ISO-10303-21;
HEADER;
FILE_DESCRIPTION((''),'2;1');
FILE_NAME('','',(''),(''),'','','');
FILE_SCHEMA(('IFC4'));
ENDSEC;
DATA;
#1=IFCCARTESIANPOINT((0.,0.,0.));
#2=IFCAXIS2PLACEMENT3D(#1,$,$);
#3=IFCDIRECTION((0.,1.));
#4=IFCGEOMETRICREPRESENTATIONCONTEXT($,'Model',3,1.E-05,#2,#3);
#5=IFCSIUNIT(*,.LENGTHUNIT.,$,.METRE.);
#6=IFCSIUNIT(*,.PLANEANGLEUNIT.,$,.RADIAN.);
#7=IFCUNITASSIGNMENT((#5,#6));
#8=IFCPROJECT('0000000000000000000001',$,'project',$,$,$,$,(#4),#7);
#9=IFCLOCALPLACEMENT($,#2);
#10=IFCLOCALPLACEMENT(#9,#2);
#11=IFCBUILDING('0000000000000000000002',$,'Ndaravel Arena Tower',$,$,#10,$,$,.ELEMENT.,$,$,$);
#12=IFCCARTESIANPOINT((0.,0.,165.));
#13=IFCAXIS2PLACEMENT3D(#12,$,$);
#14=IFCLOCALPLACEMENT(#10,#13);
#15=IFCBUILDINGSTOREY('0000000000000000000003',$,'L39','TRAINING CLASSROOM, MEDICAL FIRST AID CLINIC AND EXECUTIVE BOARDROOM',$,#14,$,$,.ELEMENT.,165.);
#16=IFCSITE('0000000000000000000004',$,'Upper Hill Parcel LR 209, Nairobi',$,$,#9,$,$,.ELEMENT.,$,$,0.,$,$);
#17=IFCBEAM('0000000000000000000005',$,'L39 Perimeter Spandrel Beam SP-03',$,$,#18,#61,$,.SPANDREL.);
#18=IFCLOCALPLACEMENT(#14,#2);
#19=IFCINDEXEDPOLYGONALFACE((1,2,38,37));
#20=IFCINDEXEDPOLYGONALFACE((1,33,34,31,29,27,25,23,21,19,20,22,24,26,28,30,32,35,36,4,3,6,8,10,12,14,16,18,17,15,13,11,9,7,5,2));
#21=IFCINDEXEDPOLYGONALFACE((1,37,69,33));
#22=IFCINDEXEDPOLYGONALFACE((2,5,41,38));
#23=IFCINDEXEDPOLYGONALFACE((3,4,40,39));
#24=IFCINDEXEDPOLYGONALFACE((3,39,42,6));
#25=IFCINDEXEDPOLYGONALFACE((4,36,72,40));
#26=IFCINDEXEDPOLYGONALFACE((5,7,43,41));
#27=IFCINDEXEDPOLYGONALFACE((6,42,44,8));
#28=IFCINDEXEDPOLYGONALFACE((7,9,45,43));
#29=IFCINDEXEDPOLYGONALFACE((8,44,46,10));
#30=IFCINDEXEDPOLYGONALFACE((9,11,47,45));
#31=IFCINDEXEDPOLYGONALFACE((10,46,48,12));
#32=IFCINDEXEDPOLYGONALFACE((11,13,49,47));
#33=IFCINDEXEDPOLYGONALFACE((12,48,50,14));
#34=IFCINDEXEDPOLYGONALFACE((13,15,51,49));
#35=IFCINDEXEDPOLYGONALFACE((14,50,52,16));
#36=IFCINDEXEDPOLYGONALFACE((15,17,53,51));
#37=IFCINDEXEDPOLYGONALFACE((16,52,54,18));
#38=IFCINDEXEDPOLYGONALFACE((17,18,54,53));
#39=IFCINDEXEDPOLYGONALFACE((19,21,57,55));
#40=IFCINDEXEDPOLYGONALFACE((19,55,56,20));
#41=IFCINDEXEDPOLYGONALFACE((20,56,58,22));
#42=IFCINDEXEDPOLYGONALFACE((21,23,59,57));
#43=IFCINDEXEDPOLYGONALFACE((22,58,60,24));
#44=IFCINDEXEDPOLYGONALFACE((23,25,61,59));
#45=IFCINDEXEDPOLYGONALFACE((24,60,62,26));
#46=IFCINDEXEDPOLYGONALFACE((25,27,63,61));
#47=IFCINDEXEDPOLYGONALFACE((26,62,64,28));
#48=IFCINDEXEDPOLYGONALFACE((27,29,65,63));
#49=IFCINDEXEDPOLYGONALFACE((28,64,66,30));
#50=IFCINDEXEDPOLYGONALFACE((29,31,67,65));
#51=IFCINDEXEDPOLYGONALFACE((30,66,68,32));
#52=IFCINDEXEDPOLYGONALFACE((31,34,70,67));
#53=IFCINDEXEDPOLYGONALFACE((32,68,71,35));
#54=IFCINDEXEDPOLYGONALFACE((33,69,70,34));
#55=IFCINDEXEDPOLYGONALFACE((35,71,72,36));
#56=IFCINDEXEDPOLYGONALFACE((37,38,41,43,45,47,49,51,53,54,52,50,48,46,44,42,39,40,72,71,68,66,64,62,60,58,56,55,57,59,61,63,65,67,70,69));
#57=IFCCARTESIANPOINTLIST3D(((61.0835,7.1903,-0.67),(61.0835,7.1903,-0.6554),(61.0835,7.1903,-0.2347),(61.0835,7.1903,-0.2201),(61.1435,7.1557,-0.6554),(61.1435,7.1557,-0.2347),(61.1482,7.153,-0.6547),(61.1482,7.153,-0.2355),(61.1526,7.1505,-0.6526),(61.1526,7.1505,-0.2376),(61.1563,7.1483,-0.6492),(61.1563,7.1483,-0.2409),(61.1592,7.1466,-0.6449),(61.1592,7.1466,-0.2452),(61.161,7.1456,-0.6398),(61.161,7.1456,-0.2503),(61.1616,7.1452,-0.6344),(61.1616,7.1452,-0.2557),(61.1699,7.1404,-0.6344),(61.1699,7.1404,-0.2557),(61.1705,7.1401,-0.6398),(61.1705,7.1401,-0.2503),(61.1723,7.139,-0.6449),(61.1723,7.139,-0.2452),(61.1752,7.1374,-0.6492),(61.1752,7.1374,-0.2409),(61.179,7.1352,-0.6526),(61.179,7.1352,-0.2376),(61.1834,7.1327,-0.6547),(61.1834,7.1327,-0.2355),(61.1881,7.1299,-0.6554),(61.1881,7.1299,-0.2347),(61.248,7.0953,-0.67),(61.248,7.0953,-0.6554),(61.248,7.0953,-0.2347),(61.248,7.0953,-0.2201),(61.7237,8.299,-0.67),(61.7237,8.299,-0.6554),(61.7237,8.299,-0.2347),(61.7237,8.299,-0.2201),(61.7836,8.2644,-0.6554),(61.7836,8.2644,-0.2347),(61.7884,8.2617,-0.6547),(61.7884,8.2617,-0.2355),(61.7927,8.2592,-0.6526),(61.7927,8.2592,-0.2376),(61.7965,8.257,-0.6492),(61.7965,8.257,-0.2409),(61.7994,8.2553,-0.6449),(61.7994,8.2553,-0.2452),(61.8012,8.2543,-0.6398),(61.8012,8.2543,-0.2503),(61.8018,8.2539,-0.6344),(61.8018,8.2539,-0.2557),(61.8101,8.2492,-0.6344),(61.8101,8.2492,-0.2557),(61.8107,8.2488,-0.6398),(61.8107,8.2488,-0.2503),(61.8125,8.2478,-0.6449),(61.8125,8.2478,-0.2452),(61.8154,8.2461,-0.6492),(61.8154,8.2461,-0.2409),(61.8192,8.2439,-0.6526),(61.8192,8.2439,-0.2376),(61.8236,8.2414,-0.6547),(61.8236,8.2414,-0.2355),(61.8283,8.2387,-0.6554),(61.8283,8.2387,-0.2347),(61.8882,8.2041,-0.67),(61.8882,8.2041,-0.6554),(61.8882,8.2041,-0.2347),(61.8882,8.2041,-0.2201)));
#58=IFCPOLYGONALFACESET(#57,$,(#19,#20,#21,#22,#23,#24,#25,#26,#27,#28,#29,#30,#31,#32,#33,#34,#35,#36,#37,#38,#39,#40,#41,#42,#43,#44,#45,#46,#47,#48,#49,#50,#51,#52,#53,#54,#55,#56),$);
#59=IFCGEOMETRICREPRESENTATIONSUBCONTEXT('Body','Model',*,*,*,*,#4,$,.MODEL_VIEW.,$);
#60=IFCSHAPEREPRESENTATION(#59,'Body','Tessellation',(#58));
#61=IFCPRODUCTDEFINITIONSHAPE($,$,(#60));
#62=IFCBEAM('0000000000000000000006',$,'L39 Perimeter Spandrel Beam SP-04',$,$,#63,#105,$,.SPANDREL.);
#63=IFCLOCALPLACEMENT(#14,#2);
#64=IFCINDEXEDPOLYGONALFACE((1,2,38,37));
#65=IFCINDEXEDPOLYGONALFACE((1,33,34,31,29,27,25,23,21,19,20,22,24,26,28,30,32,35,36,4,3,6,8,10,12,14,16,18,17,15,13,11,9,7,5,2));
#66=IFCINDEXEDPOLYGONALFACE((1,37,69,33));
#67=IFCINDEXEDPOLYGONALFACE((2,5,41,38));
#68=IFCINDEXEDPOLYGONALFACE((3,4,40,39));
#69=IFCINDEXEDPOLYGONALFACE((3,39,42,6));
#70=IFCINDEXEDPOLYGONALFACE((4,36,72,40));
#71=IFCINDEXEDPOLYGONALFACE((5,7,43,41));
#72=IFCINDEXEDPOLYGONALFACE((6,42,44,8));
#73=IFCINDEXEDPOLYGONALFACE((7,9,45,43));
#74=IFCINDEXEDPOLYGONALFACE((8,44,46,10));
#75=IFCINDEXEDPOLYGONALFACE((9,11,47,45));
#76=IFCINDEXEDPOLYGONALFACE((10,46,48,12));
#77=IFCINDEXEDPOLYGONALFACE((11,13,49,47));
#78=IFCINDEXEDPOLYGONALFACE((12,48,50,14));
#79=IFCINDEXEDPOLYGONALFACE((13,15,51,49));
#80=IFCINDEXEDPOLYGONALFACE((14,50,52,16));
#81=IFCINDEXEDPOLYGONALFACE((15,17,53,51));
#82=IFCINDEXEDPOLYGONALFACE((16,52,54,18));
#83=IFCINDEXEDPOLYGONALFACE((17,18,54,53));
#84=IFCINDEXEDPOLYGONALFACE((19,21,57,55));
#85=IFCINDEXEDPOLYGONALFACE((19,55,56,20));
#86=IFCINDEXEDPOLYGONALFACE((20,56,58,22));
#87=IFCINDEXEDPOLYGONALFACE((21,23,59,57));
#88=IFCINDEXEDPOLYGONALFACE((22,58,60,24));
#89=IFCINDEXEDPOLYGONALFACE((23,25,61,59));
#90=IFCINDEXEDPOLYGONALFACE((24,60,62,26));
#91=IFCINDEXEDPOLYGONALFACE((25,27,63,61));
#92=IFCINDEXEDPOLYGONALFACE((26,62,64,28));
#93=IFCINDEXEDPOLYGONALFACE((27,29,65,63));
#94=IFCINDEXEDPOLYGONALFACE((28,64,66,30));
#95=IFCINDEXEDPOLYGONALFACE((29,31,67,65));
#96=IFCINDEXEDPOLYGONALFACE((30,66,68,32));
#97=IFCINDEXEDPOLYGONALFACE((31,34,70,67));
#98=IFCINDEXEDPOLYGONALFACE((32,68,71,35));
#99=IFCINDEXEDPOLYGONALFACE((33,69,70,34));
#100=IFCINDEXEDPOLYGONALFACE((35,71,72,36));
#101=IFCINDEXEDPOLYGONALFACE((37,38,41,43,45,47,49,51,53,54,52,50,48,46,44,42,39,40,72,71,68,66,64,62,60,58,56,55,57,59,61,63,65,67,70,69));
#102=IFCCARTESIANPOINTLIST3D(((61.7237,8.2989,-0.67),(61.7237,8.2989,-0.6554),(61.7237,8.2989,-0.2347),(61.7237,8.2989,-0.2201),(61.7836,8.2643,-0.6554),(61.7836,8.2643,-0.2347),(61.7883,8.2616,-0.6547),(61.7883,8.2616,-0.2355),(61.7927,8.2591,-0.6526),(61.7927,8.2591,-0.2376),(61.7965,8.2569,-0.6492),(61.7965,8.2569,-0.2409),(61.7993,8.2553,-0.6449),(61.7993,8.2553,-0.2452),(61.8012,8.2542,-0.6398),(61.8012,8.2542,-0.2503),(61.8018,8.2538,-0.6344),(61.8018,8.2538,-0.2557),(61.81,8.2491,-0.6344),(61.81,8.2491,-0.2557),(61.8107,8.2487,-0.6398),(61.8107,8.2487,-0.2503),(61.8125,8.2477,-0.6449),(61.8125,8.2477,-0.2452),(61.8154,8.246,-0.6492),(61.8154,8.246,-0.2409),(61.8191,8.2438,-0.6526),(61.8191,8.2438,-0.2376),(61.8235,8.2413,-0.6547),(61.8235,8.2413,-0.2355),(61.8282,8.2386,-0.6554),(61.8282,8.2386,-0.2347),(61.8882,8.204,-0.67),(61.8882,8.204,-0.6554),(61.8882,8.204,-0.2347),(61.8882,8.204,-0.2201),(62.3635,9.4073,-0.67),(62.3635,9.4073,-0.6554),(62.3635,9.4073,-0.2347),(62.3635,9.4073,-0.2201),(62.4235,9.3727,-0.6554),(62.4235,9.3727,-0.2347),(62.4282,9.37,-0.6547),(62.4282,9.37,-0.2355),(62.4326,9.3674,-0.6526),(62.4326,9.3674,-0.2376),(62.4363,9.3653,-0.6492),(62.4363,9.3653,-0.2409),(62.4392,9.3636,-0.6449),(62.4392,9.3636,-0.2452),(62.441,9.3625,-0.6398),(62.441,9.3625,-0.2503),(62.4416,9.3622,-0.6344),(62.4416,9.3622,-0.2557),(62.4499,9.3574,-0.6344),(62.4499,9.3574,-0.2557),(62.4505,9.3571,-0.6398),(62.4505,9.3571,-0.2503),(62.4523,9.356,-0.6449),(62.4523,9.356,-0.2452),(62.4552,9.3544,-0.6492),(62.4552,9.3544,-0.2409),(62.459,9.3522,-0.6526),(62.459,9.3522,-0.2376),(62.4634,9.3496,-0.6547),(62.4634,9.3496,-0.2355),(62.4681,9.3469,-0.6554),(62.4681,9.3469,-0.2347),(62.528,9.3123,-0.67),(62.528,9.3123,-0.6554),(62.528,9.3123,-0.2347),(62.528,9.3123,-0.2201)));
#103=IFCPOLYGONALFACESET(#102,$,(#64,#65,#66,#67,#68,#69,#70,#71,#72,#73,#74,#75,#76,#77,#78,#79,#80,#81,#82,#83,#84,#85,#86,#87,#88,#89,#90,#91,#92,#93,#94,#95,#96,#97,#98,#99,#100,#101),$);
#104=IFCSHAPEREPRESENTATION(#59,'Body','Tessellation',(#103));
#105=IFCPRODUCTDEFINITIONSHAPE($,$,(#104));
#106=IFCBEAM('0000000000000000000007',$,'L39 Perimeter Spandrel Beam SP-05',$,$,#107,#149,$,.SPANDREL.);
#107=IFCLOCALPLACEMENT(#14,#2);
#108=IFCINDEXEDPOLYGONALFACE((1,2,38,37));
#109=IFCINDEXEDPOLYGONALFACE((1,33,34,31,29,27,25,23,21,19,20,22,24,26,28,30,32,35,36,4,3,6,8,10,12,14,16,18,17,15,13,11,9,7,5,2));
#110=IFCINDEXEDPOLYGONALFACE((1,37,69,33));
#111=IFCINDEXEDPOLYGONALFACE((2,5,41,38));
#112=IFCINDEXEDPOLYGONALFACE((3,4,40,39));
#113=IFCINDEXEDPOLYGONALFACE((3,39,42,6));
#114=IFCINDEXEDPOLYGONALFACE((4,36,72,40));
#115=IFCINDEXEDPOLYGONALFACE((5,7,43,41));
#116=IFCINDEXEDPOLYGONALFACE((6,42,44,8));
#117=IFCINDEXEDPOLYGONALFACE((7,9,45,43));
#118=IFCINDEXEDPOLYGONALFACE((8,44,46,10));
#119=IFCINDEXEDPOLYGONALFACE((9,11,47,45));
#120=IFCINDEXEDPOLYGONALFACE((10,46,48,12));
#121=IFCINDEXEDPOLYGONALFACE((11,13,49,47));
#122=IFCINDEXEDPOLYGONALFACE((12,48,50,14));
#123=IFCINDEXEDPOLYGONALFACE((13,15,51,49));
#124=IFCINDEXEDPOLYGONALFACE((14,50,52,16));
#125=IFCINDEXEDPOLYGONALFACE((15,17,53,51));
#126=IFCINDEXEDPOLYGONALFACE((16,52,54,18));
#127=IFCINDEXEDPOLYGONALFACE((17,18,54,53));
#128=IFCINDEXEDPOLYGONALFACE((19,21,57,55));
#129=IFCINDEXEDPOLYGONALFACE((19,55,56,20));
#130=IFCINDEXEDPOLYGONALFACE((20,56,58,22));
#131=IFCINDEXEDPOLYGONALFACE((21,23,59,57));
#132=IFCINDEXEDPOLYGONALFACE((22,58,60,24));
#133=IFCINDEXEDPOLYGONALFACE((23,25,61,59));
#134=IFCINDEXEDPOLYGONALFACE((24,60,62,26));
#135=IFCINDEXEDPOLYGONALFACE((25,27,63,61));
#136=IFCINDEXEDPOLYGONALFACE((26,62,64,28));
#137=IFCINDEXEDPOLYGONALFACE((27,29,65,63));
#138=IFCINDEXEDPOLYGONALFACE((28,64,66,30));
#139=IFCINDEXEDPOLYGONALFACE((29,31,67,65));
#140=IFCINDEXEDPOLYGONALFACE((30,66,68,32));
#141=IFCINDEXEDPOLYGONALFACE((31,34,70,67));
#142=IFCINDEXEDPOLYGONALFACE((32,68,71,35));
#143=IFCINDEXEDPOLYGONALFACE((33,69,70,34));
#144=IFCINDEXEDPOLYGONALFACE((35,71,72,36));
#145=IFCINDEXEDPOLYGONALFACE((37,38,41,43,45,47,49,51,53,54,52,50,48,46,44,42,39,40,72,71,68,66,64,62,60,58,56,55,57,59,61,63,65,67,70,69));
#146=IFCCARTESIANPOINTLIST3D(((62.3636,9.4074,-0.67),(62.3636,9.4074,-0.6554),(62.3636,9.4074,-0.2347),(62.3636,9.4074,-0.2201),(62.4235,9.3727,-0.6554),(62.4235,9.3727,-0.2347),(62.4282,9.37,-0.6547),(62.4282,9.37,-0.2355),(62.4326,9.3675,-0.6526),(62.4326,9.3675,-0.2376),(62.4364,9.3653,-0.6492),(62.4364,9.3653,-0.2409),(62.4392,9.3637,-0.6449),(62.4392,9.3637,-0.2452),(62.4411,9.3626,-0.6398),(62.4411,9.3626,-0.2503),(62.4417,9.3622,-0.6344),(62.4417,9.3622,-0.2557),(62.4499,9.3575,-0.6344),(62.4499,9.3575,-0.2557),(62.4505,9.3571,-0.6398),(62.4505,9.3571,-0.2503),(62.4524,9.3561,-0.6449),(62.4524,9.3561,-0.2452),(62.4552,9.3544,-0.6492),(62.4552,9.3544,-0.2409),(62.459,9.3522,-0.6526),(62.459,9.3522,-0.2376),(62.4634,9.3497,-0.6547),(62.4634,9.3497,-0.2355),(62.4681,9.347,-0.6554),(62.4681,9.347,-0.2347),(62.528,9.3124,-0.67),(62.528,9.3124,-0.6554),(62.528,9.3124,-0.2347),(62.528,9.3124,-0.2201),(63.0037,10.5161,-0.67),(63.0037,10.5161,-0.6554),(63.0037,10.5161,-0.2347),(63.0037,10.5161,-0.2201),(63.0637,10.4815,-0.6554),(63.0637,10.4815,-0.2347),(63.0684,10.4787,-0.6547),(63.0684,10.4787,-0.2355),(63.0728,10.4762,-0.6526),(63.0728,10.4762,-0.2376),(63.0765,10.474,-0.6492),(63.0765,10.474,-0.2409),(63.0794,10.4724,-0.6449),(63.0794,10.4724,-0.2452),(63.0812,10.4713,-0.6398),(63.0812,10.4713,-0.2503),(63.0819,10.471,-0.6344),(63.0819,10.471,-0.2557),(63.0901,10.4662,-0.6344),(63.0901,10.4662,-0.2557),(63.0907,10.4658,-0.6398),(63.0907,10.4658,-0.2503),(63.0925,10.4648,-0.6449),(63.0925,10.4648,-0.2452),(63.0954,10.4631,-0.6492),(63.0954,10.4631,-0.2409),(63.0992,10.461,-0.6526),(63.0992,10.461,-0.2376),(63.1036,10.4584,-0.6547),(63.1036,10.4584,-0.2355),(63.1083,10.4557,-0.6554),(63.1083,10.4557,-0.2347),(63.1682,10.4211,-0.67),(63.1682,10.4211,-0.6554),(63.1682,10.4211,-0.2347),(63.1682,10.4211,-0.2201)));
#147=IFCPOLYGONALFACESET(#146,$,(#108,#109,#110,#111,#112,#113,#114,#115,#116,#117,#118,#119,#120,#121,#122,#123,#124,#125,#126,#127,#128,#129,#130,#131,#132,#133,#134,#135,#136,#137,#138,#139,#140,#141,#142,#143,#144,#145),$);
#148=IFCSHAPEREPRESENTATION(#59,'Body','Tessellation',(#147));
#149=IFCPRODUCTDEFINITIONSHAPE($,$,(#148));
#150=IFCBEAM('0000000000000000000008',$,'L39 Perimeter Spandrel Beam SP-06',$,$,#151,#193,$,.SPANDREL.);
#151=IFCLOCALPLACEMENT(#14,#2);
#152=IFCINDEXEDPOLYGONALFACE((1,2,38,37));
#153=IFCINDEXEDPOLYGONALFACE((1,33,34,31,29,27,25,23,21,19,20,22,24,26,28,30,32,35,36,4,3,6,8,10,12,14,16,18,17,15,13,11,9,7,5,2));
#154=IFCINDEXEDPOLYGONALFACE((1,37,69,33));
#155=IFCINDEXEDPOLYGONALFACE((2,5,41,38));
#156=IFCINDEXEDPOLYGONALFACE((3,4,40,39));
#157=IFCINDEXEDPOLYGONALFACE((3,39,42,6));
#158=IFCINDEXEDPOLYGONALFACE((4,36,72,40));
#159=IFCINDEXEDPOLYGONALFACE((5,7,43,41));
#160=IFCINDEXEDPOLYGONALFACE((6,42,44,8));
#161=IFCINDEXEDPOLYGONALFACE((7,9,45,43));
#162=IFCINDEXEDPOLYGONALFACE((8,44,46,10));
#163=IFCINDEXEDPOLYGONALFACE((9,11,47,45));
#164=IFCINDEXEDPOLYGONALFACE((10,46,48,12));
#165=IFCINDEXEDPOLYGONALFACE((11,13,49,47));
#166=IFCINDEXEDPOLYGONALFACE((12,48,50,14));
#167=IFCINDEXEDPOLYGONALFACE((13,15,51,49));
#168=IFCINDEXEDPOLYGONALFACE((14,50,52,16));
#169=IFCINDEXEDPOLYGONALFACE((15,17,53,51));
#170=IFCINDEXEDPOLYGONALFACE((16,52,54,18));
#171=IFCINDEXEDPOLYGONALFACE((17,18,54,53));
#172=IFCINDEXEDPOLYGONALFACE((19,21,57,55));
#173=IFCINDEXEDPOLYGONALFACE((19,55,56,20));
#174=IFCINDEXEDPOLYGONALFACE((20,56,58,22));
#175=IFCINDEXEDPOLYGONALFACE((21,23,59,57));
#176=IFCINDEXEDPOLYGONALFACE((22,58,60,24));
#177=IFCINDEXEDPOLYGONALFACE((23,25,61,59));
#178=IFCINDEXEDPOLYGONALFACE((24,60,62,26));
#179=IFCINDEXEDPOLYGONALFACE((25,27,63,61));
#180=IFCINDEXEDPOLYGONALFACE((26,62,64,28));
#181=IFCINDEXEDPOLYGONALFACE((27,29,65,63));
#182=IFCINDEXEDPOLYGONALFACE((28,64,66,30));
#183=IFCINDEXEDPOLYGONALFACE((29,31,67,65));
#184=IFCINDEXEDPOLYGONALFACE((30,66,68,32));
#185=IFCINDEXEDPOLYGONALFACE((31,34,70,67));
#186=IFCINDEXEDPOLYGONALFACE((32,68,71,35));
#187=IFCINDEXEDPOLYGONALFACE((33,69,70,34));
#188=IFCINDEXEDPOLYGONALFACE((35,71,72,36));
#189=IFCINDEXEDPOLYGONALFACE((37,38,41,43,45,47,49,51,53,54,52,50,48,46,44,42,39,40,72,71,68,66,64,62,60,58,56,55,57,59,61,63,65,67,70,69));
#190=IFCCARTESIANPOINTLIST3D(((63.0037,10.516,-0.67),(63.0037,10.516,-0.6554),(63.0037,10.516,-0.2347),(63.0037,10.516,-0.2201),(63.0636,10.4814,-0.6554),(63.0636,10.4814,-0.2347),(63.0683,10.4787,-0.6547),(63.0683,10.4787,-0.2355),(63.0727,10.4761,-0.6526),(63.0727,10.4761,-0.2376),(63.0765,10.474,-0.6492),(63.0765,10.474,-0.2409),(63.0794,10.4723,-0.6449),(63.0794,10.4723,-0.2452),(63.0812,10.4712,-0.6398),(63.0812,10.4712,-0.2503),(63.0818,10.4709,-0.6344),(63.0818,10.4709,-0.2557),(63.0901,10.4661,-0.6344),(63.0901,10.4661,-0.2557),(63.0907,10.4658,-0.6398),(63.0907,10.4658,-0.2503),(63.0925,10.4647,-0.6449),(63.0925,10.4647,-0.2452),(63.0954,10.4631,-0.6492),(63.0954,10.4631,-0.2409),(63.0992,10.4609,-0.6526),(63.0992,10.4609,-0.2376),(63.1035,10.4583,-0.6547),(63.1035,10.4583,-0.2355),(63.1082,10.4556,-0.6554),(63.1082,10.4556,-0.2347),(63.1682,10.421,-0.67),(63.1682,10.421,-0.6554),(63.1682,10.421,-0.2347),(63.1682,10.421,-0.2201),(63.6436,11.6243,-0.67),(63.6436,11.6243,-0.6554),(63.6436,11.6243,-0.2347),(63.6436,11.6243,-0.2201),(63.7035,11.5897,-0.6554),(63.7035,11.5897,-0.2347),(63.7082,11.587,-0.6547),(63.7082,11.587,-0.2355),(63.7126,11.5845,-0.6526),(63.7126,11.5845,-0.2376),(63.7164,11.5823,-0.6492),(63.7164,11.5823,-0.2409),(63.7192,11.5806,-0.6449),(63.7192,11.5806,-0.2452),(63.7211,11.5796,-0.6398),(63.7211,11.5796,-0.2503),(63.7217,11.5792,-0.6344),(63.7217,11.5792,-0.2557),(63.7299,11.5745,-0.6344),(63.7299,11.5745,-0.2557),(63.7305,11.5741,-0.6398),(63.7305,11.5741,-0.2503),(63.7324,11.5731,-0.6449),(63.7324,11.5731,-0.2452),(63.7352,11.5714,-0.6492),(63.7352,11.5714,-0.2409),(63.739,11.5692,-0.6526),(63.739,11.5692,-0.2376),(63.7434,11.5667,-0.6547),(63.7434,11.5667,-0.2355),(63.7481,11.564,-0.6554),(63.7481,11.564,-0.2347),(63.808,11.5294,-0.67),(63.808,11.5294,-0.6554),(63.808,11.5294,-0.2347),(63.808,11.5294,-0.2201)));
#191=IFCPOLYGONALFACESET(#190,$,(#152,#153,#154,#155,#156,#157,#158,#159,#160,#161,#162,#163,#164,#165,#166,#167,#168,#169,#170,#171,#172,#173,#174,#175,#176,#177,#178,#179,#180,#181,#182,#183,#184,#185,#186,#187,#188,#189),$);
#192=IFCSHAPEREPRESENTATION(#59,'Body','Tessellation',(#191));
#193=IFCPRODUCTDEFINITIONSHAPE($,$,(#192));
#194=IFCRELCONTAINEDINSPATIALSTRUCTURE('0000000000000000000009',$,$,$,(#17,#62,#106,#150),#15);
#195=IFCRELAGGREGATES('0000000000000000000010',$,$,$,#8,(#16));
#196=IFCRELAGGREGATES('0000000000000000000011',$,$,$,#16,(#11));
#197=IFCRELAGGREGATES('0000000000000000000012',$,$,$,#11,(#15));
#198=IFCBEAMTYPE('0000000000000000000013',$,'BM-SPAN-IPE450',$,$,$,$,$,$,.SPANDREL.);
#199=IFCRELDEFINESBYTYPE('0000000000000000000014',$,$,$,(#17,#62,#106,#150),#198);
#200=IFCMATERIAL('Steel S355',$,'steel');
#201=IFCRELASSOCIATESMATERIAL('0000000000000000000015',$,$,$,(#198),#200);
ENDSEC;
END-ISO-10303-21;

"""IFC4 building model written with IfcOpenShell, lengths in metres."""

from ifc_helpers import new_model, si_unit, direction, frame, origin, origin_2d, place, context, subcontext, project, spatial, i_section, extrude, material, material_profile, profile_set, type_object, element, save


model = new_model("IFC4")

# Units and contexts
model_context = context("Model", 3, precision=1e-05, world=origin(), true_north=direction((0.0, 1.0)))
body_context = subcontext(model_context, "Body", "Model", "MODEL_VIEW")
ifc_project = project(units=[si_unit("LENGTHUNIT", "METRE"), si_unit("PLANEANGLEUNIT", "RADIAN")], contexts=[model_context])

# Site, building, storey
site_placement = place(None, origin())
site = spatial("IfcSite", under=ifc_project, at=site_placement, Name="Upper Hill Parcel LR 209, Nairobi", CompositionType="ELEMENT", RefElevation=0.0)
building_placement = place(site_placement, origin())
building = spatial("IfcBuilding", under=site, at=building_placement, Name="Ndaravel Arena Tower", CompositionType="ELEMENT")
storey_placement = place(building_placement, frame((0.0, 0.0, 165.0)))
storey = spatial("IfcBuildingStorey", under=building, at=storey_placement, Name="L39", Description="TRAINING CLASSROOM, MEDICAL FIRST AID CLINIC AND EXECUTIVE BOARDROOM", CompositionType="ELEMENT", Elevation=165.0)

# Beams
ifc_material_1 = material(Name="Steel S355", Category="steel")
ifc_material_profile_1 = material_profile(ifc_material_1, i_section(OverallWidth=0.1899, OverallDepth=0.45, WebThickness=0.0095, FlangeThickness=0.0146, FilletRadius=0.021, at=origin_2d()), Name="IPE 450")
ifc_profile_set_1 = profile_set([ifc_material_profile_1], Name="Steel S355")
beam_type = type_object("IfcBeamType", Name="BM-SPAN-IPE450", PredefinedType="SPANDREL", material=ifc_profile_set_1)
beam_1_placement = place(storey_placement, frame((61.1658, 7.1428, -0.4451), z_axis=(0.500036, 0.866005, 0.0), x_axis=(-0.866005, 0.500036, 0.0)))
element("IfcBeam", 1, at=beam_1_placement, inside=storey, type_object=beam_type, Name="L39 Perimeter Spandrel Beam SP-03", PredefinedType="SPANDREL", context=body_context, shape_type="SweptSolid", body=[
    extrude(i_section(OverallWidth=0.1899, OverallDepth=0.45, WebThickness=0.0095, FlangeThickness=0.0146, FilletRadius=0.021, at=origin_2d()), origin(), (0.0, 0.0, 1.0), 1.2803),
])
beam_2_placement = place(storey_placement, frame((61.8059, 8.2515, -0.4451), z_axis=(0.499976, 0.866039, 0.0), x_axis=(-0.866039, 0.499976, 0.0)))
element("IfcBeam", 2, at=beam_2_placement, inside=storey, type_object=beam_type, Name="L39 Perimeter Spandrel Beam SP-04", PredefinedType="SPANDREL", context=body_context, shape_type="SweptSolid", body=[
    extrude(i_section(OverallWidth=0.1899, OverallDepth=0.45, WebThickness=0.0095, FlangeThickness=0.0146, FilletRadius=0.021, at=origin_2d()), origin(), (0.0, 0.0, 1.0), 1.2798),
])
beam_3_placement = place(storey_placement, frame((62.4458, 9.3599, -0.4451), z_axis=(0.500036, 0.866005, 0.0), x_axis=(-0.866005, 0.500036, 0.0)))
element("IfcBeam", 3, at=beam_3_placement, inside=storey, type_object=beam_type, Name="L39 Perimeter Spandrel Beam SP-05", PredefinedType="SPANDREL", context=body_context, shape_type="SweptSolid", body=[
    extrude(i_section(OverallWidth=0.1899, OverallDepth=0.45, WebThickness=0.0095, FlangeThickness=0.0146, FilletRadius=0.021, at=origin_2d()), origin(), (0.0, 0.0, 1.0), 1.2803),
])
beam_4_placement = place(storey_placement, frame((63.0859, 10.4685, -0.4451), z_axis=(0.499976, 0.866039, 0.0), x_axis=(-0.866039, 0.499976, 0.0)))
element("IfcBeam", 4, at=beam_4_placement, inside=storey, type_object=beam_type, Name="L39 Perimeter Spandrel Beam SP-06", PredefinedType="SPANDREL", context=body_context, shape_type="SweptSolid", body=[
    extrude(i_section(OverallWidth=0.1899, OverallDepth=0.45, WebThickness=0.0095, FlangeThickness=0.0146, FilletRadius=0.021, at=origin_2d()), origin(), (0.0, 0.0, 1.0), 1.2798),
])

save(model, "model.ifc")
